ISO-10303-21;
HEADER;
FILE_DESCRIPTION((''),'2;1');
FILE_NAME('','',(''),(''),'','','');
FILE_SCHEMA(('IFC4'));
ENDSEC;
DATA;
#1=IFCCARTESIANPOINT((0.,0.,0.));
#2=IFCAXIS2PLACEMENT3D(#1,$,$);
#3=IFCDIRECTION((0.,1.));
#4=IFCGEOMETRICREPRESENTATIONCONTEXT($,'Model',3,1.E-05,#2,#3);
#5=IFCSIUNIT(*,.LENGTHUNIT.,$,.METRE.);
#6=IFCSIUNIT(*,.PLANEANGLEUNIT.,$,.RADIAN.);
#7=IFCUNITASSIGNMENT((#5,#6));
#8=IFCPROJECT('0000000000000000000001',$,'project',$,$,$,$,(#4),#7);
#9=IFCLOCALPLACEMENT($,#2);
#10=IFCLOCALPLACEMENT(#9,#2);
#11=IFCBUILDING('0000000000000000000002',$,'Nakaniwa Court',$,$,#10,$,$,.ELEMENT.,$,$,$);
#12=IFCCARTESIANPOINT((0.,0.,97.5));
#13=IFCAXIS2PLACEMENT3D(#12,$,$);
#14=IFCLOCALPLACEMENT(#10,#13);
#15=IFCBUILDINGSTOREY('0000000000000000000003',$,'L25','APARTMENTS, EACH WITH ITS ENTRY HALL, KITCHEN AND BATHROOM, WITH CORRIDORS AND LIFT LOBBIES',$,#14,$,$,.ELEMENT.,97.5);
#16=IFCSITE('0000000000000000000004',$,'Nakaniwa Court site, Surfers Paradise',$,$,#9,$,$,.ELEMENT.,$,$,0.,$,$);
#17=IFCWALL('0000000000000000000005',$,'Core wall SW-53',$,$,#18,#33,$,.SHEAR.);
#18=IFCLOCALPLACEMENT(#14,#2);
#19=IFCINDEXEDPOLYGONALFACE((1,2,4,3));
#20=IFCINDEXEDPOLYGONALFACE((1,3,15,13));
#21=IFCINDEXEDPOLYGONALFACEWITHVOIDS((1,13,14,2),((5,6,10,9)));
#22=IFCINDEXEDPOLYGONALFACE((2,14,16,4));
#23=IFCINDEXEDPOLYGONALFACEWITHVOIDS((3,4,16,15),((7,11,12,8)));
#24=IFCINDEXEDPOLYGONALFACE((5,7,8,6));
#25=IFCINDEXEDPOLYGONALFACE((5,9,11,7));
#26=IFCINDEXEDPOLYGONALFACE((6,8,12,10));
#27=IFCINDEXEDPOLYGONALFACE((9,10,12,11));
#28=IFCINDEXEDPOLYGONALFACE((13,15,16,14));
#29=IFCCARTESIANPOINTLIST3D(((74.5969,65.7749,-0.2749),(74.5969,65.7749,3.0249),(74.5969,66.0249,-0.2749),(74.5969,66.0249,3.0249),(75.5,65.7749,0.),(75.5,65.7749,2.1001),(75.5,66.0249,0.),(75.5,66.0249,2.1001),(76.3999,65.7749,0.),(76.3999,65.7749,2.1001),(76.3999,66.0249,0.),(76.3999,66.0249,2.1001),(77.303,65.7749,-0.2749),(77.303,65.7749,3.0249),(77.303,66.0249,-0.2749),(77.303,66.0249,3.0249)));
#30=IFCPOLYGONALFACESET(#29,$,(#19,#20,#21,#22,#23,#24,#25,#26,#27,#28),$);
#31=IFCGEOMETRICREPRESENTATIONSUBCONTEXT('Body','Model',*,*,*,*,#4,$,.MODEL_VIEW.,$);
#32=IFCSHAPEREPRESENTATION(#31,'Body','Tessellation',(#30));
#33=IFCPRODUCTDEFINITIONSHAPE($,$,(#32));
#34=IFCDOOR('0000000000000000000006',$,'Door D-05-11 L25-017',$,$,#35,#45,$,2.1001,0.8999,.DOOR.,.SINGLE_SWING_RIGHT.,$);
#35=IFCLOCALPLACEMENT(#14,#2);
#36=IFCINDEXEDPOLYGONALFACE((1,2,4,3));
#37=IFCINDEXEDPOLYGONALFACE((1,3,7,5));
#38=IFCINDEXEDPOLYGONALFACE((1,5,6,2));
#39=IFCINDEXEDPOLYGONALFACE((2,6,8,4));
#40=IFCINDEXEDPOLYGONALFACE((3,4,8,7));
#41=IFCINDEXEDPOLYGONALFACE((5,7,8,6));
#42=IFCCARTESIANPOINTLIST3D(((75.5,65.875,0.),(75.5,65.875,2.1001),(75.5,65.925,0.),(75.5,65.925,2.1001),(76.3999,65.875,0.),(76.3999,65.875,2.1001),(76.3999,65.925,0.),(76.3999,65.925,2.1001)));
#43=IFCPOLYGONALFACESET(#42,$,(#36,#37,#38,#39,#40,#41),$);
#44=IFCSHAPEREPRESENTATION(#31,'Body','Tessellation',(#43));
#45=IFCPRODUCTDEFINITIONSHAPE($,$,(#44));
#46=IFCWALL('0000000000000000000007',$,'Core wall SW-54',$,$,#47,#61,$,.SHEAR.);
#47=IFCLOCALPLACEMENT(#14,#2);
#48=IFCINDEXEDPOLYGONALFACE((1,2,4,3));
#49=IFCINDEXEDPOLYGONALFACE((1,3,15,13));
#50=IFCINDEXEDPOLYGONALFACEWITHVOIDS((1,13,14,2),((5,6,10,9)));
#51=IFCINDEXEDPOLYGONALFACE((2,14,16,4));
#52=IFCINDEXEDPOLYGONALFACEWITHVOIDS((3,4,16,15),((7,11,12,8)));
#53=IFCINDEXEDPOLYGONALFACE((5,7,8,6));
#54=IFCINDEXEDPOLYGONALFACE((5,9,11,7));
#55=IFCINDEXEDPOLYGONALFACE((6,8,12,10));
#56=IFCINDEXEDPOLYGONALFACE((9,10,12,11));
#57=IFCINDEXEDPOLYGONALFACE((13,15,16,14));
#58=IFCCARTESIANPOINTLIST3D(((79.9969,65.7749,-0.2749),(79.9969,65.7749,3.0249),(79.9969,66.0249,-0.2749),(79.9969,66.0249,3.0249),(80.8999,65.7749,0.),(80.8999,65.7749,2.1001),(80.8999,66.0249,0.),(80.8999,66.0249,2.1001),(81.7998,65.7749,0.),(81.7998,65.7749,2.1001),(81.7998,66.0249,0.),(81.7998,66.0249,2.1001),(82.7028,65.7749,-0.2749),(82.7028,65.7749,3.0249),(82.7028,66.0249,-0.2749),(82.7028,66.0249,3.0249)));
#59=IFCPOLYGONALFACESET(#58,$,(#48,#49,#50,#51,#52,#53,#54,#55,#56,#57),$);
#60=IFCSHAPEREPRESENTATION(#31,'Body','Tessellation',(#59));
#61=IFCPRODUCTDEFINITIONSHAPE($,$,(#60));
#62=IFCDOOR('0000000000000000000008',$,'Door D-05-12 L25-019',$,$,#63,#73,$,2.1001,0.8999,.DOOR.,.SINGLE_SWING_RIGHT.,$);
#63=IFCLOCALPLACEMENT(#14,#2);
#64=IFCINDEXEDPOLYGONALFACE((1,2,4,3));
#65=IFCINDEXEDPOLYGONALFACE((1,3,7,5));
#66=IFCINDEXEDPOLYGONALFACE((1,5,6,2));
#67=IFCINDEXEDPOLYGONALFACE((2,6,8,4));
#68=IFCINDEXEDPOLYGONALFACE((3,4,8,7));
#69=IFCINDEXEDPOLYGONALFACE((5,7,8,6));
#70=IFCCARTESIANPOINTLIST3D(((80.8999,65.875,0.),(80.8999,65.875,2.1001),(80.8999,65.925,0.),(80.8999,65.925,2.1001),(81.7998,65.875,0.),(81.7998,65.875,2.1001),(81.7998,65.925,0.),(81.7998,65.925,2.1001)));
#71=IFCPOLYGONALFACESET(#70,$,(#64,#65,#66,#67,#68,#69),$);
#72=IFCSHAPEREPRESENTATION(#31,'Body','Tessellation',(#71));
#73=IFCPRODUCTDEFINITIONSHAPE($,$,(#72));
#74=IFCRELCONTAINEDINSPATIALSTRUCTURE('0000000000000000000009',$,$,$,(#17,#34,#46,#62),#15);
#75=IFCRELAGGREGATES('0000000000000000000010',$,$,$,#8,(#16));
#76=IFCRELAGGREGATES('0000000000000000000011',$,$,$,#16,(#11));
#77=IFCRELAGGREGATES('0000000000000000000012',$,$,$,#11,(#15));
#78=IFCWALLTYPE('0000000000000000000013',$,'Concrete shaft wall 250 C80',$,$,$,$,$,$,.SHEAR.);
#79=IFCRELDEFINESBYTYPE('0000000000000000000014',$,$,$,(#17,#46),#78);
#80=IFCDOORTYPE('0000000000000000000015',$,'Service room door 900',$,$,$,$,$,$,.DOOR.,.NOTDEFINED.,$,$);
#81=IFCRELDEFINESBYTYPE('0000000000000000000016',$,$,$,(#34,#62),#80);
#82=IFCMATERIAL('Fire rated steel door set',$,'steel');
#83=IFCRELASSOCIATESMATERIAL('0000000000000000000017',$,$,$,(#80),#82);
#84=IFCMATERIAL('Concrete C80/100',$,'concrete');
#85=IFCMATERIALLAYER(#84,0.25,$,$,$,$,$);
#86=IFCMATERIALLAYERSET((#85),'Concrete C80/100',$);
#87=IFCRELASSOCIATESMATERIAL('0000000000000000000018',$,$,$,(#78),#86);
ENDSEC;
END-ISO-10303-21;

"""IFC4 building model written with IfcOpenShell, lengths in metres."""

from ifc_helpers import new_model, si_unit, direction, frame, frame_2d, origin, place, context, subcontext, project, spatial, rectangle, extrude, material, layer, layer_set, type_object, element, fill, save


model = new_model("IFC4")

# Units and contexts
model_context = context("Model", 3, precision=1e-05, world=origin(), true_north=direction((0.0, 1.0)))
body_context = subcontext(model_context, "Body", "Model", "MODEL_VIEW")
ifc_project = project(units=[si_unit("LENGTHUNIT", "METRE"), si_unit("PLANEANGLEUNIT", "RADIAN")], contexts=[model_context])

# Site, building, storey
site_placement = place(None, origin())
site = spatial("IfcSite", under=ifc_project, at=site_placement, Name="Nakaniwa Court site, Surfers Paradise", CompositionType="ELEMENT", RefElevation=0.0)
building_placement = place(site_placement, origin())
building = spatial("IfcBuilding", under=site, at=building_placement, Name="Nakaniwa Court", CompositionType="ELEMENT")
storey_placement = place(building_placement, frame((0.0, 0.0, 97.5)))
storey = spatial("IfcBuildingStorey", under=building, at=storey_placement, Name="L25", Description="APARTMENTS, EACH WITH ITS ENTRY HALL, KITCHEN AND BATHROOM, WITH CORRIDORS AND LIFT LOBBIES", CompositionType="ELEMENT", Elevation=97.5)

# Shared definitions
ifc_material_1 = material(Name="Concrete C80/100", Category="concrete")

# Shared definitions
ifc_material_2 = material(Name="Fire rated steel door set", Category="steel")
door_type_1 = type_object("IfcDoorType", Name="Service room door 900", OperationType="NOTDEFINED", PredefinedType="DOOR", material=ifc_material_2)

# Shared definitions
ifc_layer_1 = layer(ifc_material_1, 0.25)
ifc_layer_set_1 = layer_set([ifc_layer_1], Name="Concrete C80/100")
wall_type_1 = type_object("IfcWallType", Name="Concrete shaft wall 250 C80", PredefinedType="SHEAR", material=ifc_layer_set_1)

# Walls, openings, doors
wall_1_placement = place(storey_placement, frame((77.303, 65.8999, -0.2749), z_axis=(0.0, 0.0, 1.0), x_axis=(-1.0, 0.0, 0.0)))
wall_1 = element("IfcWall", 1, at=wall_1_placement, inside=storey, type_object=wall_type_1, Name="Core wall SW-53", PredefinedType="SHEAR", context=body_context, shape_type="SweptSolid", body=[
    extrude(rectangle(XDim=2.7061, YDim=0.25, at=frame_2d((1.353, 0.0))), origin(), (0.0, 0.0, 1.0), 3.2998),
])
opening_1_placement = place(wall_1_placement, frame((0.9031, 0.0, 0.2749)))
opening_1 = element("IfcOpeningElement", 2, at=opening_1_placement, cuts=wall_1, PredefinedType="OPENING", context=body_context, shape_type="SweptSolid", body=[
    extrude(rectangle(XDim=0.8999, YDim=2.1001, at=frame_2d((0.45, 1.05))), frame((0.0, 0.135, 0.0), z_axis=(0.0, -1.0, 0.0), x_axis=(1.0, 0.0, 0.0)), (0.0, 0.0, 1.0), 0.27),
])
door_1_placement = place(opening_1_placement, origin())
door_1 = element("IfcDoor", 3, at=door_1_placement, inside=storey, type_object=door_type_1, Name="Door D-05-11 L25-017", OperationType="SINGLE_SWING_RIGHT", OverallHeight=2.1001, OverallWidth=0.8999, PredefinedType="DOOR", context=body_context, shape_type="SweptSolid", body=[
    extrude(rectangle(XDim=0.8999, YDim=2.1001, at=frame_2d((0.45, 1.05))), frame((0.0, 0.0249, 0.0), z_axis=(0.0, -1.0, 0.0), x_axis=(1.0, 0.0, 0.0)), (0.0, 0.0, 1.0), 0.05),
])
fill(opening_1, door_1)
wall_2_placement = place(storey_placement, frame((82.7029, 65.8999, -0.2749), z_axis=(0.0, 0.0, 1.0), x_axis=(-1.0, 0.0, 0.0)))
wall_2 = element("IfcWall", 4, at=wall_2_placement, inside=storey, type_object=wall_type_1, Name="Core wall SW-54", PredefinedType="SHEAR", context=body_context, shape_type="SweptSolid", body=[
    extrude(rectangle(XDim=2.7058, YDim=0.25, at=frame_2d((1.353, 0.0))), origin(), (0.0, 0.0, 1.0), 3.2998),
])
opening_2_placement = place(wall_2_placement, frame((0.9031, 0.0, 0.2749)))
opening_2 = element("IfcOpeningElement", 5, at=opening_2_placement, cuts=wall_2, PredefinedType="OPENING", context=body_context, shape_type="SweptSolid", body=[
    extrude(rectangle(XDim=0.8999, YDim=2.1001, at=frame_2d((0.45, 1.05))), frame((0.0, 0.135, 0.0), z_axis=(0.0, -1.0, 0.0), x_axis=(1.0, 0.0, 0.0)), (0.0, 0.0, 1.0), 0.27),
])
door_2_placement = place(opening_2_placement, origin())
door_2 = element("IfcDoor", 6, at=door_2_placement, inside=storey, type_object=door_type_1, Name="Door D-05-12 L25-019", OperationType="SINGLE_SWING_RIGHT", OverallHeight=2.1001, OverallWidth=0.8999, PredefinedType="DOOR", context=body_context, shape_type="SweptSolid", body=[
    extrude(rectangle(XDim=0.8999, YDim=2.1001, at=frame_2d((0.45, 1.05))), frame((0.0, 0.0249, 0.0), z_axis=(0.0, -1.0, 0.0), x_axis=(1.0, 0.0, 0.0)), (0.0, 0.0, 1.0), 0.05),
])
fill(opening_2, door_2)

save(model, "model.ifc")
